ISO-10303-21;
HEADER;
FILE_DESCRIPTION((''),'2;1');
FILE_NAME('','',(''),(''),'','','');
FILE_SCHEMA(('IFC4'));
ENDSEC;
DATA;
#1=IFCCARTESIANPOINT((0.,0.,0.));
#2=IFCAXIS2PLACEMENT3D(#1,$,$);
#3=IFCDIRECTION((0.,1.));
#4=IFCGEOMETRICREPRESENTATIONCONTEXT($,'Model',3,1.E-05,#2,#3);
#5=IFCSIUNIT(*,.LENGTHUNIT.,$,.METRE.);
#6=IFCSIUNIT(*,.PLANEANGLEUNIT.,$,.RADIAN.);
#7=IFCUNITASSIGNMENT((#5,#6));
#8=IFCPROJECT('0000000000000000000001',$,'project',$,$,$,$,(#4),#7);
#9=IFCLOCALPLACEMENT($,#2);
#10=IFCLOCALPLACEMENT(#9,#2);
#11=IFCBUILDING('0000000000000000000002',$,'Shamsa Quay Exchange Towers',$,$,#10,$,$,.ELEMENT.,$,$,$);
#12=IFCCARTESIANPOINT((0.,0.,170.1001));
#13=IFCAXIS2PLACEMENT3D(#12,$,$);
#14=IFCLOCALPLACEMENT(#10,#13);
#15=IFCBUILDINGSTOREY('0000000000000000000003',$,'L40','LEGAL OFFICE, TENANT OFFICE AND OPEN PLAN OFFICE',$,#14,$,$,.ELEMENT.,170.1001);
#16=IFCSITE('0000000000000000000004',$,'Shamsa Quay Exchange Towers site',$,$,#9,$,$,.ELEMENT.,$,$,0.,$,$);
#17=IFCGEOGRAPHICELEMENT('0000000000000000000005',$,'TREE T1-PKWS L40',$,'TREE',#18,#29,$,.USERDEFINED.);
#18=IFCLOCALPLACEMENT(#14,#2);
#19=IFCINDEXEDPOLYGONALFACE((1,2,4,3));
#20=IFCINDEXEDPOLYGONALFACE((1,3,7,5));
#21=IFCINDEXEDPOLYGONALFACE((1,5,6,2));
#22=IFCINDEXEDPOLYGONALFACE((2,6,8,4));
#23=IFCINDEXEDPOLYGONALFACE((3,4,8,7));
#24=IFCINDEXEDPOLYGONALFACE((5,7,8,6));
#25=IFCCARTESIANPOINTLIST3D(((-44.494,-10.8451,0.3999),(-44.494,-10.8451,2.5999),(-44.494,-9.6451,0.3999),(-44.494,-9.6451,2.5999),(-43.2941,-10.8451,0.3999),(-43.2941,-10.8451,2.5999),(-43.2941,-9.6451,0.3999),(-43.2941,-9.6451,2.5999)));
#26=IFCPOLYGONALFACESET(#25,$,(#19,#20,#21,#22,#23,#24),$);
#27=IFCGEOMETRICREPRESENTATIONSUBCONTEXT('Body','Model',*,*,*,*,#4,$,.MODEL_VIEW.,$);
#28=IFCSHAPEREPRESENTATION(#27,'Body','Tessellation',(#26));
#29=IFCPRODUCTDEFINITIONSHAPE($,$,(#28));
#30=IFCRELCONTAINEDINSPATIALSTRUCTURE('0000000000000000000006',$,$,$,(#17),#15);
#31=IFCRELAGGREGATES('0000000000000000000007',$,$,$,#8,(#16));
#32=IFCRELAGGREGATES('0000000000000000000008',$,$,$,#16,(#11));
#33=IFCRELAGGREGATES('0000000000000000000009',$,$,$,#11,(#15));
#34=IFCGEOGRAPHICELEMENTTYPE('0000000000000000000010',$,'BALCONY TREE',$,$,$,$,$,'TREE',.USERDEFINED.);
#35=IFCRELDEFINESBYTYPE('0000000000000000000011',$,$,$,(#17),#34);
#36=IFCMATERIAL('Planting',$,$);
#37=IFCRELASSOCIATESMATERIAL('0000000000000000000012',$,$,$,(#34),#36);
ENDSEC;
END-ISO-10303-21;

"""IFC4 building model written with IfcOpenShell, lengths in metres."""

from ifc_helpers import new_model, si_unit, direction, frame, origin, origin_2d, place, context, subcontext, project, spatial, rectangle, extrude, material, type_object, element, save


model = new_model("IFC4")

# Units and contexts
model_context = context("Model", 3, precision=1e-05, world=origin(), true_north=direction((0.0, 1.0)))
body_context = subcontext(model_context, "Body", "Model", "MODEL_VIEW")
ifc_project = project(units=[si_unit("LENGTHUNIT", "METRE"), si_unit("PLANEANGLEUNIT", "RADIAN")], contexts=[model_context])

# Site, building, storey
site_placement = place(None, origin())
site = spatial("IfcSite", under=ifc_project, at=site_placement, Name="Shamsa Quay Exchange Towers site", CompositionType="ELEMENT", RefElevation=0.0)
building_placement = place(site_placement, origin())
building = spatial("IfcBuilding", under=site, at=building_placement, Name="Shamsa Quay Exchange Towers", CompositionType="ELEMENT")
storey_placement = place(building_placement, frame((0.0, 0.0, 170.1001)))
storey = spatial("IfcBuildingStorey", under=building, at=storey_placement, Name="L40", Description="LEGAL OFFICE, TENANT OFFICE AND OPEN PLAN OFFICE", CompositionType="ELEMENT", Elevation=170.1001)

# Geographic element
ifc_material_1 = material(Name="Planting")
geographic_element_type = type_object("IfcGeographicElementType", Name="BALCONY TREE", ElementType="TREE", PredefinedType="USERDEFINED", material=ifc_material_1)
geographic_element_placement = place(storey_placement, frame((-43.894, -10.2451, 0.3999)))
element("IfcGeographicElement", 1, at=geographic_element_placement, inside=storey, type_object=geographic_element_type, Name="TREE T1-PKWS L40", ObjectType="TREE", PredefinedType="USERDEFINED", context=body_context, shape_type="SweptSolid", body=[
    extrude(rectangle(XDim=1.2, YDim=1.2, at=origin_2d()), origin(), (0.0, 0.0, 1.0), 2.2),
])

save(model, "model.ifc")
